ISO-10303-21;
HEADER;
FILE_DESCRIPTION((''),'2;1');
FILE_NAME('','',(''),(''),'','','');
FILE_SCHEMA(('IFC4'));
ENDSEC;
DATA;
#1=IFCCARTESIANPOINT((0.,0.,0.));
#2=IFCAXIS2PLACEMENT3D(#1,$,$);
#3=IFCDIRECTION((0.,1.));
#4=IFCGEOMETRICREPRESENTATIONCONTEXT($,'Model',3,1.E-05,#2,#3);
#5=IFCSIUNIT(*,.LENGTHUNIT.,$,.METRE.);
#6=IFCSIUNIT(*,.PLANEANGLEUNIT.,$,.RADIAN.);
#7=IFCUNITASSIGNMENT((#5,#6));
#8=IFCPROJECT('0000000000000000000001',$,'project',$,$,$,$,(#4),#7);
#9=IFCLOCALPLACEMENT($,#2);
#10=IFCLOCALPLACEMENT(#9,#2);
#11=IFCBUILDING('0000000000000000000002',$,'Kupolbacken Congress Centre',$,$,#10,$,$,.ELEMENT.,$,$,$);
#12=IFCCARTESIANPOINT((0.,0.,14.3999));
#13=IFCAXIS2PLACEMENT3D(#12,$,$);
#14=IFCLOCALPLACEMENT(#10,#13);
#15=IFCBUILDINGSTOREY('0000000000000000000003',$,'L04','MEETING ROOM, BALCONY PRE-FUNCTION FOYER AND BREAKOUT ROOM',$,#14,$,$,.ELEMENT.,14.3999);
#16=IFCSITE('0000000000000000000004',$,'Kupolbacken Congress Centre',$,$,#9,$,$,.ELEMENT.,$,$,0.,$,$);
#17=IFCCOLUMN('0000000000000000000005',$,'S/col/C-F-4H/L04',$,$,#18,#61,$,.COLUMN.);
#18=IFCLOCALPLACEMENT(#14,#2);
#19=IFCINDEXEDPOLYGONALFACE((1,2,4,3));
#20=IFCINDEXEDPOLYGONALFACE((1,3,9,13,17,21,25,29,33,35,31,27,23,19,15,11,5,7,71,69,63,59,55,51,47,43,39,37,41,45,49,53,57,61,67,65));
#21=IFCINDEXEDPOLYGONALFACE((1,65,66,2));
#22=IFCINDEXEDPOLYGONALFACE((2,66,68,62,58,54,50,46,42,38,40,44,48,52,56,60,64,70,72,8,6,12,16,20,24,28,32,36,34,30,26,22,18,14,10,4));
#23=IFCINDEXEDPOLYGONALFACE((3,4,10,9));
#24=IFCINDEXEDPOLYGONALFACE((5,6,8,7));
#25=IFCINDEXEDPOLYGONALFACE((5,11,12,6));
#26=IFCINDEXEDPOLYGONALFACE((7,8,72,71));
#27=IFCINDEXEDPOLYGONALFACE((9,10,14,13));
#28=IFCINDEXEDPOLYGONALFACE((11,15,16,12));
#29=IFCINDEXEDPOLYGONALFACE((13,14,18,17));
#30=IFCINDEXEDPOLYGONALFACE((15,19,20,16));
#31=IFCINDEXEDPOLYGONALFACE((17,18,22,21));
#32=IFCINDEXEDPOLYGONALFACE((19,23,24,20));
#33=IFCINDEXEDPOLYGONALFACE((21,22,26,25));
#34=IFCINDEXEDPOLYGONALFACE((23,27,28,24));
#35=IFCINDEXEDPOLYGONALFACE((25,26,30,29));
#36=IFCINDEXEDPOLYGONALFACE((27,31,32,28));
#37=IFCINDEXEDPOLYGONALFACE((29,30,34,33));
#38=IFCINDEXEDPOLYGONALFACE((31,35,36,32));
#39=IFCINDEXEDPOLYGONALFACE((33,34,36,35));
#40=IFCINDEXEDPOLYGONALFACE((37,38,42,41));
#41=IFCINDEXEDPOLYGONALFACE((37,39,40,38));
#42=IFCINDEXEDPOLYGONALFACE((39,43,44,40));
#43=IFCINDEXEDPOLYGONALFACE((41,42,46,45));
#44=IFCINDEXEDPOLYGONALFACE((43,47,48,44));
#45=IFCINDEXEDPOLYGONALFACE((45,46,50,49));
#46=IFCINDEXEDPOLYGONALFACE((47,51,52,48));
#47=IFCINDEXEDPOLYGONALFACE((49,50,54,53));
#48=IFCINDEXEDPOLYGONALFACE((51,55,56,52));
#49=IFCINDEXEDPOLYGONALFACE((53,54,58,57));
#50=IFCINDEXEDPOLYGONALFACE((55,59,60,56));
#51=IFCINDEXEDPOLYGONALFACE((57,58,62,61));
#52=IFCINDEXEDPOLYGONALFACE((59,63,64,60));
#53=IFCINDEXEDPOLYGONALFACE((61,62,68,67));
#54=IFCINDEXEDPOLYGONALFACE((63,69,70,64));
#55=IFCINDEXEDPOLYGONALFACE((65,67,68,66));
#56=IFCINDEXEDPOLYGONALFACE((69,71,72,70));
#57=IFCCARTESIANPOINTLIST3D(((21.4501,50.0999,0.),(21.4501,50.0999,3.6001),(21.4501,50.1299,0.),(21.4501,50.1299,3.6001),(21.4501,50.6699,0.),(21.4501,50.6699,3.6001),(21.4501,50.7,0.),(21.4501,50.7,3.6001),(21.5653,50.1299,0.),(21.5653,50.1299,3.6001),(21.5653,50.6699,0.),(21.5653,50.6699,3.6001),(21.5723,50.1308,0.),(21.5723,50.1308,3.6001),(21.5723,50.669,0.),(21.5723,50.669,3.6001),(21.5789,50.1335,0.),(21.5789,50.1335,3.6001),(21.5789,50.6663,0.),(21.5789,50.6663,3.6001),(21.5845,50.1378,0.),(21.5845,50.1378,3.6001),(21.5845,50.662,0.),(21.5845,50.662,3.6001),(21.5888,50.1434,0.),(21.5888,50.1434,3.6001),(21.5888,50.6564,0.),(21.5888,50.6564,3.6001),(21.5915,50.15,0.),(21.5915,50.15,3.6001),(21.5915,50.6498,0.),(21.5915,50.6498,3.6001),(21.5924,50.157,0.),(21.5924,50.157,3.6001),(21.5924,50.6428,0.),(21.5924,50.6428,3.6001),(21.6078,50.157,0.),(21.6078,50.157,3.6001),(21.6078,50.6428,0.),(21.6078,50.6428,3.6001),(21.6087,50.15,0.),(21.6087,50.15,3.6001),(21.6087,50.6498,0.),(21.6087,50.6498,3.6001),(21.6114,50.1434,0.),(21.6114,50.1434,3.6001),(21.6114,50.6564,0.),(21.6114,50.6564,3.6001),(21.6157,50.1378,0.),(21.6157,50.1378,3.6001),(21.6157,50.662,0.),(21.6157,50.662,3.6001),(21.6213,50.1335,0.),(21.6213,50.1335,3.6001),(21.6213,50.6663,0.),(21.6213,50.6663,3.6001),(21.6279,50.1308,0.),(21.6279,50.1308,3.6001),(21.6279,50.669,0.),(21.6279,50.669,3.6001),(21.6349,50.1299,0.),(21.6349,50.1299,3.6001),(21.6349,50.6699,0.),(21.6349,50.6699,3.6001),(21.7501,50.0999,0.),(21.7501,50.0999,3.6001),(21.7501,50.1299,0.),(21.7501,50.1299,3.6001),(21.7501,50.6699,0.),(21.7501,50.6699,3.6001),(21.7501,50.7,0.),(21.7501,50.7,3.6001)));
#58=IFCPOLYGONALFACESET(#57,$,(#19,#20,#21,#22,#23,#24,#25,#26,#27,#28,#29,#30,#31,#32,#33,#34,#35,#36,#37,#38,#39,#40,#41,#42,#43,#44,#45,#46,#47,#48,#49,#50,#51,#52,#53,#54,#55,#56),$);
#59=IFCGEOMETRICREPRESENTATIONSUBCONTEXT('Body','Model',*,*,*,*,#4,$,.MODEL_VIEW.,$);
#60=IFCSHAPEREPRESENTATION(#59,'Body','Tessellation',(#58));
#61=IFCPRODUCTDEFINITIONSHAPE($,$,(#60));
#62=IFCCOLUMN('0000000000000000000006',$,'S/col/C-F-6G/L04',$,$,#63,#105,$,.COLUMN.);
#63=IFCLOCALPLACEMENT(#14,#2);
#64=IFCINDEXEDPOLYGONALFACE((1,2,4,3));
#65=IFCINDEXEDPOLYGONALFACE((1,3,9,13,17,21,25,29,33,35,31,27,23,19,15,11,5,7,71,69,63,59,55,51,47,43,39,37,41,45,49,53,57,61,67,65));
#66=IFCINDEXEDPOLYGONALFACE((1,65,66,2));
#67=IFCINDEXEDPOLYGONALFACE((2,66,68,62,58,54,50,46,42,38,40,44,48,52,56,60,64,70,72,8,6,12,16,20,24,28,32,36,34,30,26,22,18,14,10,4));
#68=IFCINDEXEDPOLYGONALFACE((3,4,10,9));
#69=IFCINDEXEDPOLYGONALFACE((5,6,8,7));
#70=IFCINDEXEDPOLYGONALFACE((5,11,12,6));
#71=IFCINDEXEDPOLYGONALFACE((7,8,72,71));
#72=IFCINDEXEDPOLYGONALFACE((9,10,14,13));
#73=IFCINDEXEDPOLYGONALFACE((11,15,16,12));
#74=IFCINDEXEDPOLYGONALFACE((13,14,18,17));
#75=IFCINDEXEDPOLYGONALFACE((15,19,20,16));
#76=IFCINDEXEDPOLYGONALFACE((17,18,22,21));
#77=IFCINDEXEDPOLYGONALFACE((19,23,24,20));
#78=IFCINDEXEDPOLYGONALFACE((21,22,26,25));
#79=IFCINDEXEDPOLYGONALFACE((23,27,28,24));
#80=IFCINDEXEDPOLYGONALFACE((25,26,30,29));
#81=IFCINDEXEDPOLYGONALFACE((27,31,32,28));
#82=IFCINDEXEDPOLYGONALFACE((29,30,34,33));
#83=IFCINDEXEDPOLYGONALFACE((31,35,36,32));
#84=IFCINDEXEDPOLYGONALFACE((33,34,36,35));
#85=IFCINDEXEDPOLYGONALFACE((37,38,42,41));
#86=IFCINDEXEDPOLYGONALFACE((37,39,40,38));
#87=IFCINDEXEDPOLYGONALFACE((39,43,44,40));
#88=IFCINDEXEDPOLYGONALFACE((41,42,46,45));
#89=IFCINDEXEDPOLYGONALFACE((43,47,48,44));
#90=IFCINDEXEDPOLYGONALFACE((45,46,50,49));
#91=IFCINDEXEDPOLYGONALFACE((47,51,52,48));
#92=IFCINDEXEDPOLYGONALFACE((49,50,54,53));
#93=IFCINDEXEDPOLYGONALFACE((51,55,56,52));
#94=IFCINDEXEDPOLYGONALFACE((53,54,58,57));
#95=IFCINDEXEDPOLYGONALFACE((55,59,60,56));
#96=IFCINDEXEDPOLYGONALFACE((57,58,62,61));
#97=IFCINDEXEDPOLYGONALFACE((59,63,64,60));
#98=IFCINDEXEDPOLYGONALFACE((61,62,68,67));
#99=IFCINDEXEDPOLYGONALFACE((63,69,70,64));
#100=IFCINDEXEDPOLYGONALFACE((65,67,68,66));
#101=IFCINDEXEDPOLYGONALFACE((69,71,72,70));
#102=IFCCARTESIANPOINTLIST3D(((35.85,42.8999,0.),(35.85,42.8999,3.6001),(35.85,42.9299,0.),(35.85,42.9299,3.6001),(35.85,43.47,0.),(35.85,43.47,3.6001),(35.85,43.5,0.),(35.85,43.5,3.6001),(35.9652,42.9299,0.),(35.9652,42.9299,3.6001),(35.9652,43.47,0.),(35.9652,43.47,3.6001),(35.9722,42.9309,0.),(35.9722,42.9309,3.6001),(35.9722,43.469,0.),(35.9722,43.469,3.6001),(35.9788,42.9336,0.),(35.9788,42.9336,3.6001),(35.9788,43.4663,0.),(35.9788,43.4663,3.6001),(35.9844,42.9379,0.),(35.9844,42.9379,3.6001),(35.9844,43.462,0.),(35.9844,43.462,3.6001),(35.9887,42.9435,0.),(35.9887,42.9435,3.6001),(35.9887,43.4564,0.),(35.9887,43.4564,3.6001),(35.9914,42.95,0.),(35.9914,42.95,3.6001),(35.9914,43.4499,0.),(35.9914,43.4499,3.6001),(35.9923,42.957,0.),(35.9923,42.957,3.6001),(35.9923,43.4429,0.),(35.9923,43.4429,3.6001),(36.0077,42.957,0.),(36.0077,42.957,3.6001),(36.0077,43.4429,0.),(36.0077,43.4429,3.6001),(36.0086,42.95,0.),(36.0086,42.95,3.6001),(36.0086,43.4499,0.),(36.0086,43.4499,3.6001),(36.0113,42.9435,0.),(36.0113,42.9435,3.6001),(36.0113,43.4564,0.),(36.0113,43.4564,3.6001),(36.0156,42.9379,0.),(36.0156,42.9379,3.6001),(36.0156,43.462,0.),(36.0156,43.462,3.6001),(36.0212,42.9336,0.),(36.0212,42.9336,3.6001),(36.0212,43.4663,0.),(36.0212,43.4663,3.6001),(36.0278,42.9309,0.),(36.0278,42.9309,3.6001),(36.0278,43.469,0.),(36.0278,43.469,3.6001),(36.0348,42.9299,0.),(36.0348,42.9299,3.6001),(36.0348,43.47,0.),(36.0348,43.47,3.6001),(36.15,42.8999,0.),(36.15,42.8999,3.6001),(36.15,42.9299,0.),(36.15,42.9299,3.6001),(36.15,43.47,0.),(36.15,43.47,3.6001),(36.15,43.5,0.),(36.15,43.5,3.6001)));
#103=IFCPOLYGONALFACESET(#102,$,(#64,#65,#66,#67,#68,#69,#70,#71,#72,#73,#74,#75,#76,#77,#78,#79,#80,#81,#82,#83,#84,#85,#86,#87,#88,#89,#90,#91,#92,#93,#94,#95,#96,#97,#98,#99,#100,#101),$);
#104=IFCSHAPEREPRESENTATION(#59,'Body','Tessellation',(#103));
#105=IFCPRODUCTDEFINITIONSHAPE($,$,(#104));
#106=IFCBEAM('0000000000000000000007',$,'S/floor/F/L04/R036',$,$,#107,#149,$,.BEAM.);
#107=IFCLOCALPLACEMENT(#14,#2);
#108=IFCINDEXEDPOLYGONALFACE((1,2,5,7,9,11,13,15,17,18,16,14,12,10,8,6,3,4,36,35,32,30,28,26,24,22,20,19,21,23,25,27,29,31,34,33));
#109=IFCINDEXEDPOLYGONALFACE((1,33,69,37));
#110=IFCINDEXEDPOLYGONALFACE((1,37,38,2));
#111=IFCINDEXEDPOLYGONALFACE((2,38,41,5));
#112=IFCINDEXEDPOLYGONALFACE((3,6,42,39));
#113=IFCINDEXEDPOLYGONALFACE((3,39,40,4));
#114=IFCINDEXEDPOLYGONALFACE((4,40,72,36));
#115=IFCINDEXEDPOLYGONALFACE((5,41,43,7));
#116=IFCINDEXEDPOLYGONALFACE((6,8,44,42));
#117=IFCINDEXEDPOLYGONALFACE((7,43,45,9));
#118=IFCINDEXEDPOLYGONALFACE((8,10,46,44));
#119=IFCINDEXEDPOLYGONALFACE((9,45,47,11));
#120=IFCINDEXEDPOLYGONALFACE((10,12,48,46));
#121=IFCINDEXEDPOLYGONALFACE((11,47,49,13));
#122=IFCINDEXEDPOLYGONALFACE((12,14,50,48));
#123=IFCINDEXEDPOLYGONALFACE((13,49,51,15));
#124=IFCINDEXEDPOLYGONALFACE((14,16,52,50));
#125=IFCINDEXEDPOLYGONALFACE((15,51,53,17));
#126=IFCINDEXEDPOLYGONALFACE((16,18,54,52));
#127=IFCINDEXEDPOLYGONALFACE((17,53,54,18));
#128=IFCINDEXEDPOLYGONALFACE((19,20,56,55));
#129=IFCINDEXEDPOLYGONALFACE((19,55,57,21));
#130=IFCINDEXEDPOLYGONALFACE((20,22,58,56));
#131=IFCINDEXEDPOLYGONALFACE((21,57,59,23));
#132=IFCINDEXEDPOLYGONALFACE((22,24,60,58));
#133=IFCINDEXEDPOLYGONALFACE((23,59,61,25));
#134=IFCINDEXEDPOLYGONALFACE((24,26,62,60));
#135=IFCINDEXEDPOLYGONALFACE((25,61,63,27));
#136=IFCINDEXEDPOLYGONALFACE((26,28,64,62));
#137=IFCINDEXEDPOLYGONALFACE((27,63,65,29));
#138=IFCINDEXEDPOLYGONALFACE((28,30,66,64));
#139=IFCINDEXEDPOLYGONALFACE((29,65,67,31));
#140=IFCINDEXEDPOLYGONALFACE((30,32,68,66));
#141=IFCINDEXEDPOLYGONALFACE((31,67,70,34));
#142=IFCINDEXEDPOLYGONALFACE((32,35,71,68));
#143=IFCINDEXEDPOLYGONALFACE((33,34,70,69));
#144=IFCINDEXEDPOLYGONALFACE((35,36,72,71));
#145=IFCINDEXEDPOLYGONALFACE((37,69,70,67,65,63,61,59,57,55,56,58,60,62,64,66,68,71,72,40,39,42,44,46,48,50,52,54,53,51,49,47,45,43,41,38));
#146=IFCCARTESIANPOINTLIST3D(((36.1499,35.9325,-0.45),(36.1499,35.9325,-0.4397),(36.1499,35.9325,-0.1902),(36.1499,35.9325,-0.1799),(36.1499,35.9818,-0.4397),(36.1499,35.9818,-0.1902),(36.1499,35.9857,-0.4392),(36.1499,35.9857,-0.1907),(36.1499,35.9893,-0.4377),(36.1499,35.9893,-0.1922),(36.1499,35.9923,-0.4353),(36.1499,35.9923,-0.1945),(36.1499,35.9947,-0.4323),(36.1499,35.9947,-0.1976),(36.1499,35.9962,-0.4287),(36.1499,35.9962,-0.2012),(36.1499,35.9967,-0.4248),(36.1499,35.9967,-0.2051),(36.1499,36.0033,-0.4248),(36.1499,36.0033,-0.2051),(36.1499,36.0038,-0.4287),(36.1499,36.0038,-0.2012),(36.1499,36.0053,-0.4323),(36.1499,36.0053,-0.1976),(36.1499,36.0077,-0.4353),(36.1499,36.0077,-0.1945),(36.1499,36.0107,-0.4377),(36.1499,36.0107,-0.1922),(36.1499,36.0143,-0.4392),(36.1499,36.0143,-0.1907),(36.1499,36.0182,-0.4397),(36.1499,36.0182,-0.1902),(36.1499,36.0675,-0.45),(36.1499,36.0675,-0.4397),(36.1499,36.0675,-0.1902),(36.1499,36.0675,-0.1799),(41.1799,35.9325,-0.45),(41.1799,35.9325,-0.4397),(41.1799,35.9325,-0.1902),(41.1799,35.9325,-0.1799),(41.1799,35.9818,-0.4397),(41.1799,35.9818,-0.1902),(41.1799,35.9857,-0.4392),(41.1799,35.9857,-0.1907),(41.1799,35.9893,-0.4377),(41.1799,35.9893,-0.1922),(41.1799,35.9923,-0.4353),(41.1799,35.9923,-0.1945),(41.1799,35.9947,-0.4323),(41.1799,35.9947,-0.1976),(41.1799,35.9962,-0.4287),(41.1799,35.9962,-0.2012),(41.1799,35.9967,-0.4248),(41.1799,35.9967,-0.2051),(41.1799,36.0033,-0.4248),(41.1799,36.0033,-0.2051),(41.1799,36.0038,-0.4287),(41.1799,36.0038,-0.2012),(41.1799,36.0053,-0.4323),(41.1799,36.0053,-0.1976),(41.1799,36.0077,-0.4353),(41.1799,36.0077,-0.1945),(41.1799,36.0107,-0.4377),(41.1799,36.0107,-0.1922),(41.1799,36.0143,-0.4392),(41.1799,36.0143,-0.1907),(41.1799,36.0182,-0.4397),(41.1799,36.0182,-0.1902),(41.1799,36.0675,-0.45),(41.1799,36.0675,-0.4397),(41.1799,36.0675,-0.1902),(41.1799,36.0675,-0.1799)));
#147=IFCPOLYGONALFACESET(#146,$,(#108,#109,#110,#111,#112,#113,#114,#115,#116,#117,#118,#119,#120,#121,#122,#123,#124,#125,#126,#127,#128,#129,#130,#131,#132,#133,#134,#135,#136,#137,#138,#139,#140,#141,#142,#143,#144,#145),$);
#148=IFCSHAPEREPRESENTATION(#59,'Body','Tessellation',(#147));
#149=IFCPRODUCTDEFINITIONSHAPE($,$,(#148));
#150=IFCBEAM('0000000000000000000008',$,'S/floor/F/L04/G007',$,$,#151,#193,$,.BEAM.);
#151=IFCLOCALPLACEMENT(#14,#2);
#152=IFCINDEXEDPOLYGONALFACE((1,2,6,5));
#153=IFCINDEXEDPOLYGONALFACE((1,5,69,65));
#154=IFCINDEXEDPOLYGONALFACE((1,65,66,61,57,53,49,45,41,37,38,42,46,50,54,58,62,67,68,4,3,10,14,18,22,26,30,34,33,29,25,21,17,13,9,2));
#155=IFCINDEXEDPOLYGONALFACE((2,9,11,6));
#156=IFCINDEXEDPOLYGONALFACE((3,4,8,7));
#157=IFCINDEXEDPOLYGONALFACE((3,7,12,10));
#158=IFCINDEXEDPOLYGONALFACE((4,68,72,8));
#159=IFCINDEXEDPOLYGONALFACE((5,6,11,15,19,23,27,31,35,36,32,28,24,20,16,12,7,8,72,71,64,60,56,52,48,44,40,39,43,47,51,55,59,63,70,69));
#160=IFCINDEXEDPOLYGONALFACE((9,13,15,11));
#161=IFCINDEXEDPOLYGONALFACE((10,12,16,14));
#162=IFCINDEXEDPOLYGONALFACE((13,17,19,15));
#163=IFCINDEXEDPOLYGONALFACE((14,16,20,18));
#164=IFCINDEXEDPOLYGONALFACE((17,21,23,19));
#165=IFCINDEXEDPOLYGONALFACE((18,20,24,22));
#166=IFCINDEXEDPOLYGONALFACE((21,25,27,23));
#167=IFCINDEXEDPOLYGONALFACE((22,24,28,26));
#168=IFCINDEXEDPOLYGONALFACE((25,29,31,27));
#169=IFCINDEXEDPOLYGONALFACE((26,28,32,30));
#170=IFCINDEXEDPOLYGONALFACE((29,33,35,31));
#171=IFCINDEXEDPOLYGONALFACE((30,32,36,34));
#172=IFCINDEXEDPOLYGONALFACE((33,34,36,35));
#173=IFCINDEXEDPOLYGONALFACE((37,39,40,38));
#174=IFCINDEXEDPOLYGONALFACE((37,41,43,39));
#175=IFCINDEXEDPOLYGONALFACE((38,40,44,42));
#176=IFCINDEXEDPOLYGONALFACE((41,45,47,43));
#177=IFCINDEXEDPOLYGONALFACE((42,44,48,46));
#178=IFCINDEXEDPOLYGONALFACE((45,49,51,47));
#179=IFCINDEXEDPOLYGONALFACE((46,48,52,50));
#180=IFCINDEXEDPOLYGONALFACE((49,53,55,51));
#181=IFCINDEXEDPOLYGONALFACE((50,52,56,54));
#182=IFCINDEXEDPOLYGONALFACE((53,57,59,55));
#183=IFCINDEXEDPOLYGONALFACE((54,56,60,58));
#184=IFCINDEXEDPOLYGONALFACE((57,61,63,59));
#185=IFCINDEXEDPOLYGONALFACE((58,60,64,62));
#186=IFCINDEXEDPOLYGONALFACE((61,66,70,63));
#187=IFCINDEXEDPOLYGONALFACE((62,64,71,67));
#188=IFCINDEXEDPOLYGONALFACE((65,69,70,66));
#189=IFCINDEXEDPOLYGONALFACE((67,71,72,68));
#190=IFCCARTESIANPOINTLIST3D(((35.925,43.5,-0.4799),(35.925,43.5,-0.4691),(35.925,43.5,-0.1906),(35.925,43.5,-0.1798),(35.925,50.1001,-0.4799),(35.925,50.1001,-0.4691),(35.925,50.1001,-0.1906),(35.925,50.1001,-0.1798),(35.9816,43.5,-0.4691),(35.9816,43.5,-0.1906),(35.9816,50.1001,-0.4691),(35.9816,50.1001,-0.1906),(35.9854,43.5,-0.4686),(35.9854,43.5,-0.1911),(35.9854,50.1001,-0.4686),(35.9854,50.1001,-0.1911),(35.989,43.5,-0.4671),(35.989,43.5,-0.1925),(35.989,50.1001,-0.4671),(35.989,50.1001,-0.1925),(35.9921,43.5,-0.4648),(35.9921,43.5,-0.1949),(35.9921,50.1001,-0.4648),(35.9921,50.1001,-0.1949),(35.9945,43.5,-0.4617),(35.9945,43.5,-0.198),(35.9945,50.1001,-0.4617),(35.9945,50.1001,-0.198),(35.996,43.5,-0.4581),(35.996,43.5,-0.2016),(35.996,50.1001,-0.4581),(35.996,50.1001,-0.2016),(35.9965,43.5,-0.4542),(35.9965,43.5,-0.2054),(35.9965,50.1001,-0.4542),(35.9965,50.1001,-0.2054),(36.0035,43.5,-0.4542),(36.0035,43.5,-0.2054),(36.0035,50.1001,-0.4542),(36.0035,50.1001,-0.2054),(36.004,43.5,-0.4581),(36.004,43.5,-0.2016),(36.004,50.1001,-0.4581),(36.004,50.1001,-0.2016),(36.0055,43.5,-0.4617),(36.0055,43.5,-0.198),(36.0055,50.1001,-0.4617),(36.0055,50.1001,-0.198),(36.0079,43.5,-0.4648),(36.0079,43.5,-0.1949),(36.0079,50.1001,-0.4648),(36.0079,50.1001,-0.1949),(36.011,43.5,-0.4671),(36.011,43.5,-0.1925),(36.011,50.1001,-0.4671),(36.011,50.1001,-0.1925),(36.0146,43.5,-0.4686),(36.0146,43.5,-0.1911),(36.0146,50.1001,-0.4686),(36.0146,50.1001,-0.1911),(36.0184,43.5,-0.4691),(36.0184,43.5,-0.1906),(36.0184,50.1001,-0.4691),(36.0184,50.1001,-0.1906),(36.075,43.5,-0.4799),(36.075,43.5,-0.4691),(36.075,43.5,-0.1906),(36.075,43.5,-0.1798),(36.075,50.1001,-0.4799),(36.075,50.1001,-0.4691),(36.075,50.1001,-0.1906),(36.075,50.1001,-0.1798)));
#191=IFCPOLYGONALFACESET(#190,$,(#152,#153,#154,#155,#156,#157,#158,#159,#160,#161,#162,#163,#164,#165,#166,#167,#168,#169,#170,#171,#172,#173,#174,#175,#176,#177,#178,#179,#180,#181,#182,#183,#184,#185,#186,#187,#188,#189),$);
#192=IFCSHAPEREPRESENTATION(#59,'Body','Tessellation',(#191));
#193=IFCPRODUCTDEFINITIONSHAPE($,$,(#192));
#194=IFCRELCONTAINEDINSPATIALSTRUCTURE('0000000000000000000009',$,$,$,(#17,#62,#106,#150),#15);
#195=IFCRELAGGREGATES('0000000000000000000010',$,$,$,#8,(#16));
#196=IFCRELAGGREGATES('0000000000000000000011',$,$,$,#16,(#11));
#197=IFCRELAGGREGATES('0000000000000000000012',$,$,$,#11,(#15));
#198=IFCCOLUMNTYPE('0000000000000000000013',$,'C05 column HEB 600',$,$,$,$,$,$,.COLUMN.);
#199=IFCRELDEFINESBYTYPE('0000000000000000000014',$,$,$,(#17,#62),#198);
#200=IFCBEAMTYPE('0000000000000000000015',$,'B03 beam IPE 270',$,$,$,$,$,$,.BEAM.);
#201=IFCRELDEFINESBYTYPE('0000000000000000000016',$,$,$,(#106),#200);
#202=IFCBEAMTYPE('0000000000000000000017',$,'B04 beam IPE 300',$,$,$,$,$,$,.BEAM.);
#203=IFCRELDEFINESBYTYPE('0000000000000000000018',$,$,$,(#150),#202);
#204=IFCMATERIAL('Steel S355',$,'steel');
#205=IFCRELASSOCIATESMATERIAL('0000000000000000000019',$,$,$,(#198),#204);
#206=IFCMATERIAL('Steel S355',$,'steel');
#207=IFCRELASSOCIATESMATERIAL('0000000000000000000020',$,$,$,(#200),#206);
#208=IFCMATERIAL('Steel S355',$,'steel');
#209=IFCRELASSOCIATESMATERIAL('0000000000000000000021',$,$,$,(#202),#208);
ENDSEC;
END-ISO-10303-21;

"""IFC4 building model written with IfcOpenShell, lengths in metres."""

from ifc_helpers import new_model, si_unit, direction, frame, origin, origin_2d, place, context, subcontext, project, spatial, i_section, extrude, material, material_profile, profile_set, type_object, element, save


model = new_model("IFC4")

# Units and contexts
model_context = context("Model", 3, precision=1e-05, world=origin(), true_north=direction((0.0, 1.0)))
body_context = subcontext(model_context, "Body", "Model", "MODEL_VIEW")
ifc_project = project(units=[si_unit("LENGTHUNIT", "METRE"), si_unit("PLANEANGLEUNIT", "RADIAN")], contexts=[model_context])

# Site, building, storey
site_placement = place(None, origin())
site = spatial("IfcSite", under=ifc_project, at=site_placement, Name="Kupolbacken Congress Centre", CompositionType="ELEMENT", RefElevation=0.0)
building_placement = place(site_placement, origin())
building = spatial("IfcBuilding", under=site, at=building_placement, Name="Kupolbacken Congress Centre", CompositionType="ELEMENT")
storey_placement = place(building_placement, frame((0.0, 0.0, 14.3999)))
storey = spatial("IfcBuildingStorey", under=building, at=storey_placement, Name="L04", Description="MEETING ROOM, BALCONY PRE-FUNCTION FOYER AND BREAKOUT ROOM", CompositionType="ELEMENT", Elevation=14.3999)

# Columns
ifc_material_1 = material(Name="Steel S355", Category="steel")
ifc_material_profile_1 = material_profile(ifc_material_1, i_section(OverallWidth=0.3, OverallDepth=0.6001, WebThickness=0.0154, FlangeThickness=0.03, FilletRadius=0.0271, at=origin_2d()), Name="HEB 600")
ifc_profile_set_1 = profile_set([ifc_material_profile_1], Name="Steel S355")
column_type = type_object("IfcColumnType", Name="C05 column HEB 600", PredefinedType="COLUMN", material=ifc_profile_set_1)
for number, where, z_axis, x_axis, name in (
    (1, (21.6001, 50.3999, 0.0), (0.0, 0.0, 1.0), (1.0, 0.0, 0.0), "S/col/C-F-4H/L04"),
    (2, (36.0, 43.2, 0.0), (0.0, 0.0, 1.0), (1.0, 0.0, 0.0), "S/col/C-F-6G/L04"),
):
    element("IfcColumn", number, at=place(storey_placement, frame(where, z_axis=z_axis, x_axis=x_axis)), inside=storey, type_object=column_type, Name=name, PredefinedType="COLUMN", context=body_context, shape_type="SweptSolid", body=[
        extrude(i_section(OverallWidth=0.3, OverallDepth=0.6001, WebThickness=0.0154, FlangeThickness=0.03, FilletRadius=0.0271, at=origin_2d()), origin(), (0.0, 0.0, 1.0), 3.6001),
    ])

# Beams
ifc_material_2 = material(Name="Steel S355", Category="steel")
ifc_material_profile_2 = material_profile(ifc_material_2, i_section(OverallWidth=0.135, OverallDepth=0.27, WebThickness=0.0066, FlangeThickness=0.0103, FilletRadius=0.0149, at=origin_2d()), Name="IPE 270")
ifc_profile_set_2 = profile_set([ifc_material_profile_2], Name="Steel S355")
beam_type_1 = type_object("IfcBeamType", Name="B03 beam IPE 270", PredefinedType="BEAM", material=ifc_profile_set_2)
beam_1_placement = place(storey_placement, frame((36.1499, 36.0, -0.3149), z_axis=(1.0, 0.0, 0.0), x_axis=(0.0, 1.0, 0.0)))
element("IfcBeam", 3, at=beam_1_placement, inside=storey, type_object=beam_type_1, Name="S/floor/F/L04/R036", PredefinedType="BEAM", context=body_context, shape_type="SweptSolid", body=[
    extrude(i_section(OverallWidth=0.135, OverallDepth=0.27, WebThickness=0.0066, FlangeThickness=0.0103, FilletRadius=0.0149, at=origin_2d()), origin(), (0.0, 0.0, 1.0), 5.03),
])
ifc_material_3 = material(Name="Steel S355", Category="steel")
ifc_material_profile_3 = material_profile(ifc_material_3, i_section(OverallWidth=0.1499, OverallDepth=0.3, WebThickness=0.0071, FlangeThickness=0.0107, FilletRadius=0.0149, at=origin_2d()), Name="IPE 300")
ifc_profile_set_3 = profile_set([ifc_material_profile_3], Name="Steel S355")
beam_type_2 = type_object("IfcBeamType", Name="B04 beam IPE 300", PredefinedType="BEAM", material=ifc_profile_set_3)
beam_2_placement = place(storey_placement, frame((36.0, 43.5, -0.3298), z_axis=(0.0, 1.0, 0.0), x_axis=(-1.0, 0.0, 0.0)))
element("IfcBeam", 4, at=beam_2_placement, inside=storey, type_object=beam_type_2, Name="S/floor/F/L04/G007", PredefinedType="BEAM", context=body_context, shape_type="SweptSolid", body=[
    extrude(i_section(OverallWidth=0.1499, OverallDepth=0.3, WebThickness=0.0071, FlangeThickness=0.0107, FilletRadius=0.0149, at=origin_2d()), origin(), (0.0, 0.0, 1.0), 6.6001),
])

save(model, "model.ifc")
